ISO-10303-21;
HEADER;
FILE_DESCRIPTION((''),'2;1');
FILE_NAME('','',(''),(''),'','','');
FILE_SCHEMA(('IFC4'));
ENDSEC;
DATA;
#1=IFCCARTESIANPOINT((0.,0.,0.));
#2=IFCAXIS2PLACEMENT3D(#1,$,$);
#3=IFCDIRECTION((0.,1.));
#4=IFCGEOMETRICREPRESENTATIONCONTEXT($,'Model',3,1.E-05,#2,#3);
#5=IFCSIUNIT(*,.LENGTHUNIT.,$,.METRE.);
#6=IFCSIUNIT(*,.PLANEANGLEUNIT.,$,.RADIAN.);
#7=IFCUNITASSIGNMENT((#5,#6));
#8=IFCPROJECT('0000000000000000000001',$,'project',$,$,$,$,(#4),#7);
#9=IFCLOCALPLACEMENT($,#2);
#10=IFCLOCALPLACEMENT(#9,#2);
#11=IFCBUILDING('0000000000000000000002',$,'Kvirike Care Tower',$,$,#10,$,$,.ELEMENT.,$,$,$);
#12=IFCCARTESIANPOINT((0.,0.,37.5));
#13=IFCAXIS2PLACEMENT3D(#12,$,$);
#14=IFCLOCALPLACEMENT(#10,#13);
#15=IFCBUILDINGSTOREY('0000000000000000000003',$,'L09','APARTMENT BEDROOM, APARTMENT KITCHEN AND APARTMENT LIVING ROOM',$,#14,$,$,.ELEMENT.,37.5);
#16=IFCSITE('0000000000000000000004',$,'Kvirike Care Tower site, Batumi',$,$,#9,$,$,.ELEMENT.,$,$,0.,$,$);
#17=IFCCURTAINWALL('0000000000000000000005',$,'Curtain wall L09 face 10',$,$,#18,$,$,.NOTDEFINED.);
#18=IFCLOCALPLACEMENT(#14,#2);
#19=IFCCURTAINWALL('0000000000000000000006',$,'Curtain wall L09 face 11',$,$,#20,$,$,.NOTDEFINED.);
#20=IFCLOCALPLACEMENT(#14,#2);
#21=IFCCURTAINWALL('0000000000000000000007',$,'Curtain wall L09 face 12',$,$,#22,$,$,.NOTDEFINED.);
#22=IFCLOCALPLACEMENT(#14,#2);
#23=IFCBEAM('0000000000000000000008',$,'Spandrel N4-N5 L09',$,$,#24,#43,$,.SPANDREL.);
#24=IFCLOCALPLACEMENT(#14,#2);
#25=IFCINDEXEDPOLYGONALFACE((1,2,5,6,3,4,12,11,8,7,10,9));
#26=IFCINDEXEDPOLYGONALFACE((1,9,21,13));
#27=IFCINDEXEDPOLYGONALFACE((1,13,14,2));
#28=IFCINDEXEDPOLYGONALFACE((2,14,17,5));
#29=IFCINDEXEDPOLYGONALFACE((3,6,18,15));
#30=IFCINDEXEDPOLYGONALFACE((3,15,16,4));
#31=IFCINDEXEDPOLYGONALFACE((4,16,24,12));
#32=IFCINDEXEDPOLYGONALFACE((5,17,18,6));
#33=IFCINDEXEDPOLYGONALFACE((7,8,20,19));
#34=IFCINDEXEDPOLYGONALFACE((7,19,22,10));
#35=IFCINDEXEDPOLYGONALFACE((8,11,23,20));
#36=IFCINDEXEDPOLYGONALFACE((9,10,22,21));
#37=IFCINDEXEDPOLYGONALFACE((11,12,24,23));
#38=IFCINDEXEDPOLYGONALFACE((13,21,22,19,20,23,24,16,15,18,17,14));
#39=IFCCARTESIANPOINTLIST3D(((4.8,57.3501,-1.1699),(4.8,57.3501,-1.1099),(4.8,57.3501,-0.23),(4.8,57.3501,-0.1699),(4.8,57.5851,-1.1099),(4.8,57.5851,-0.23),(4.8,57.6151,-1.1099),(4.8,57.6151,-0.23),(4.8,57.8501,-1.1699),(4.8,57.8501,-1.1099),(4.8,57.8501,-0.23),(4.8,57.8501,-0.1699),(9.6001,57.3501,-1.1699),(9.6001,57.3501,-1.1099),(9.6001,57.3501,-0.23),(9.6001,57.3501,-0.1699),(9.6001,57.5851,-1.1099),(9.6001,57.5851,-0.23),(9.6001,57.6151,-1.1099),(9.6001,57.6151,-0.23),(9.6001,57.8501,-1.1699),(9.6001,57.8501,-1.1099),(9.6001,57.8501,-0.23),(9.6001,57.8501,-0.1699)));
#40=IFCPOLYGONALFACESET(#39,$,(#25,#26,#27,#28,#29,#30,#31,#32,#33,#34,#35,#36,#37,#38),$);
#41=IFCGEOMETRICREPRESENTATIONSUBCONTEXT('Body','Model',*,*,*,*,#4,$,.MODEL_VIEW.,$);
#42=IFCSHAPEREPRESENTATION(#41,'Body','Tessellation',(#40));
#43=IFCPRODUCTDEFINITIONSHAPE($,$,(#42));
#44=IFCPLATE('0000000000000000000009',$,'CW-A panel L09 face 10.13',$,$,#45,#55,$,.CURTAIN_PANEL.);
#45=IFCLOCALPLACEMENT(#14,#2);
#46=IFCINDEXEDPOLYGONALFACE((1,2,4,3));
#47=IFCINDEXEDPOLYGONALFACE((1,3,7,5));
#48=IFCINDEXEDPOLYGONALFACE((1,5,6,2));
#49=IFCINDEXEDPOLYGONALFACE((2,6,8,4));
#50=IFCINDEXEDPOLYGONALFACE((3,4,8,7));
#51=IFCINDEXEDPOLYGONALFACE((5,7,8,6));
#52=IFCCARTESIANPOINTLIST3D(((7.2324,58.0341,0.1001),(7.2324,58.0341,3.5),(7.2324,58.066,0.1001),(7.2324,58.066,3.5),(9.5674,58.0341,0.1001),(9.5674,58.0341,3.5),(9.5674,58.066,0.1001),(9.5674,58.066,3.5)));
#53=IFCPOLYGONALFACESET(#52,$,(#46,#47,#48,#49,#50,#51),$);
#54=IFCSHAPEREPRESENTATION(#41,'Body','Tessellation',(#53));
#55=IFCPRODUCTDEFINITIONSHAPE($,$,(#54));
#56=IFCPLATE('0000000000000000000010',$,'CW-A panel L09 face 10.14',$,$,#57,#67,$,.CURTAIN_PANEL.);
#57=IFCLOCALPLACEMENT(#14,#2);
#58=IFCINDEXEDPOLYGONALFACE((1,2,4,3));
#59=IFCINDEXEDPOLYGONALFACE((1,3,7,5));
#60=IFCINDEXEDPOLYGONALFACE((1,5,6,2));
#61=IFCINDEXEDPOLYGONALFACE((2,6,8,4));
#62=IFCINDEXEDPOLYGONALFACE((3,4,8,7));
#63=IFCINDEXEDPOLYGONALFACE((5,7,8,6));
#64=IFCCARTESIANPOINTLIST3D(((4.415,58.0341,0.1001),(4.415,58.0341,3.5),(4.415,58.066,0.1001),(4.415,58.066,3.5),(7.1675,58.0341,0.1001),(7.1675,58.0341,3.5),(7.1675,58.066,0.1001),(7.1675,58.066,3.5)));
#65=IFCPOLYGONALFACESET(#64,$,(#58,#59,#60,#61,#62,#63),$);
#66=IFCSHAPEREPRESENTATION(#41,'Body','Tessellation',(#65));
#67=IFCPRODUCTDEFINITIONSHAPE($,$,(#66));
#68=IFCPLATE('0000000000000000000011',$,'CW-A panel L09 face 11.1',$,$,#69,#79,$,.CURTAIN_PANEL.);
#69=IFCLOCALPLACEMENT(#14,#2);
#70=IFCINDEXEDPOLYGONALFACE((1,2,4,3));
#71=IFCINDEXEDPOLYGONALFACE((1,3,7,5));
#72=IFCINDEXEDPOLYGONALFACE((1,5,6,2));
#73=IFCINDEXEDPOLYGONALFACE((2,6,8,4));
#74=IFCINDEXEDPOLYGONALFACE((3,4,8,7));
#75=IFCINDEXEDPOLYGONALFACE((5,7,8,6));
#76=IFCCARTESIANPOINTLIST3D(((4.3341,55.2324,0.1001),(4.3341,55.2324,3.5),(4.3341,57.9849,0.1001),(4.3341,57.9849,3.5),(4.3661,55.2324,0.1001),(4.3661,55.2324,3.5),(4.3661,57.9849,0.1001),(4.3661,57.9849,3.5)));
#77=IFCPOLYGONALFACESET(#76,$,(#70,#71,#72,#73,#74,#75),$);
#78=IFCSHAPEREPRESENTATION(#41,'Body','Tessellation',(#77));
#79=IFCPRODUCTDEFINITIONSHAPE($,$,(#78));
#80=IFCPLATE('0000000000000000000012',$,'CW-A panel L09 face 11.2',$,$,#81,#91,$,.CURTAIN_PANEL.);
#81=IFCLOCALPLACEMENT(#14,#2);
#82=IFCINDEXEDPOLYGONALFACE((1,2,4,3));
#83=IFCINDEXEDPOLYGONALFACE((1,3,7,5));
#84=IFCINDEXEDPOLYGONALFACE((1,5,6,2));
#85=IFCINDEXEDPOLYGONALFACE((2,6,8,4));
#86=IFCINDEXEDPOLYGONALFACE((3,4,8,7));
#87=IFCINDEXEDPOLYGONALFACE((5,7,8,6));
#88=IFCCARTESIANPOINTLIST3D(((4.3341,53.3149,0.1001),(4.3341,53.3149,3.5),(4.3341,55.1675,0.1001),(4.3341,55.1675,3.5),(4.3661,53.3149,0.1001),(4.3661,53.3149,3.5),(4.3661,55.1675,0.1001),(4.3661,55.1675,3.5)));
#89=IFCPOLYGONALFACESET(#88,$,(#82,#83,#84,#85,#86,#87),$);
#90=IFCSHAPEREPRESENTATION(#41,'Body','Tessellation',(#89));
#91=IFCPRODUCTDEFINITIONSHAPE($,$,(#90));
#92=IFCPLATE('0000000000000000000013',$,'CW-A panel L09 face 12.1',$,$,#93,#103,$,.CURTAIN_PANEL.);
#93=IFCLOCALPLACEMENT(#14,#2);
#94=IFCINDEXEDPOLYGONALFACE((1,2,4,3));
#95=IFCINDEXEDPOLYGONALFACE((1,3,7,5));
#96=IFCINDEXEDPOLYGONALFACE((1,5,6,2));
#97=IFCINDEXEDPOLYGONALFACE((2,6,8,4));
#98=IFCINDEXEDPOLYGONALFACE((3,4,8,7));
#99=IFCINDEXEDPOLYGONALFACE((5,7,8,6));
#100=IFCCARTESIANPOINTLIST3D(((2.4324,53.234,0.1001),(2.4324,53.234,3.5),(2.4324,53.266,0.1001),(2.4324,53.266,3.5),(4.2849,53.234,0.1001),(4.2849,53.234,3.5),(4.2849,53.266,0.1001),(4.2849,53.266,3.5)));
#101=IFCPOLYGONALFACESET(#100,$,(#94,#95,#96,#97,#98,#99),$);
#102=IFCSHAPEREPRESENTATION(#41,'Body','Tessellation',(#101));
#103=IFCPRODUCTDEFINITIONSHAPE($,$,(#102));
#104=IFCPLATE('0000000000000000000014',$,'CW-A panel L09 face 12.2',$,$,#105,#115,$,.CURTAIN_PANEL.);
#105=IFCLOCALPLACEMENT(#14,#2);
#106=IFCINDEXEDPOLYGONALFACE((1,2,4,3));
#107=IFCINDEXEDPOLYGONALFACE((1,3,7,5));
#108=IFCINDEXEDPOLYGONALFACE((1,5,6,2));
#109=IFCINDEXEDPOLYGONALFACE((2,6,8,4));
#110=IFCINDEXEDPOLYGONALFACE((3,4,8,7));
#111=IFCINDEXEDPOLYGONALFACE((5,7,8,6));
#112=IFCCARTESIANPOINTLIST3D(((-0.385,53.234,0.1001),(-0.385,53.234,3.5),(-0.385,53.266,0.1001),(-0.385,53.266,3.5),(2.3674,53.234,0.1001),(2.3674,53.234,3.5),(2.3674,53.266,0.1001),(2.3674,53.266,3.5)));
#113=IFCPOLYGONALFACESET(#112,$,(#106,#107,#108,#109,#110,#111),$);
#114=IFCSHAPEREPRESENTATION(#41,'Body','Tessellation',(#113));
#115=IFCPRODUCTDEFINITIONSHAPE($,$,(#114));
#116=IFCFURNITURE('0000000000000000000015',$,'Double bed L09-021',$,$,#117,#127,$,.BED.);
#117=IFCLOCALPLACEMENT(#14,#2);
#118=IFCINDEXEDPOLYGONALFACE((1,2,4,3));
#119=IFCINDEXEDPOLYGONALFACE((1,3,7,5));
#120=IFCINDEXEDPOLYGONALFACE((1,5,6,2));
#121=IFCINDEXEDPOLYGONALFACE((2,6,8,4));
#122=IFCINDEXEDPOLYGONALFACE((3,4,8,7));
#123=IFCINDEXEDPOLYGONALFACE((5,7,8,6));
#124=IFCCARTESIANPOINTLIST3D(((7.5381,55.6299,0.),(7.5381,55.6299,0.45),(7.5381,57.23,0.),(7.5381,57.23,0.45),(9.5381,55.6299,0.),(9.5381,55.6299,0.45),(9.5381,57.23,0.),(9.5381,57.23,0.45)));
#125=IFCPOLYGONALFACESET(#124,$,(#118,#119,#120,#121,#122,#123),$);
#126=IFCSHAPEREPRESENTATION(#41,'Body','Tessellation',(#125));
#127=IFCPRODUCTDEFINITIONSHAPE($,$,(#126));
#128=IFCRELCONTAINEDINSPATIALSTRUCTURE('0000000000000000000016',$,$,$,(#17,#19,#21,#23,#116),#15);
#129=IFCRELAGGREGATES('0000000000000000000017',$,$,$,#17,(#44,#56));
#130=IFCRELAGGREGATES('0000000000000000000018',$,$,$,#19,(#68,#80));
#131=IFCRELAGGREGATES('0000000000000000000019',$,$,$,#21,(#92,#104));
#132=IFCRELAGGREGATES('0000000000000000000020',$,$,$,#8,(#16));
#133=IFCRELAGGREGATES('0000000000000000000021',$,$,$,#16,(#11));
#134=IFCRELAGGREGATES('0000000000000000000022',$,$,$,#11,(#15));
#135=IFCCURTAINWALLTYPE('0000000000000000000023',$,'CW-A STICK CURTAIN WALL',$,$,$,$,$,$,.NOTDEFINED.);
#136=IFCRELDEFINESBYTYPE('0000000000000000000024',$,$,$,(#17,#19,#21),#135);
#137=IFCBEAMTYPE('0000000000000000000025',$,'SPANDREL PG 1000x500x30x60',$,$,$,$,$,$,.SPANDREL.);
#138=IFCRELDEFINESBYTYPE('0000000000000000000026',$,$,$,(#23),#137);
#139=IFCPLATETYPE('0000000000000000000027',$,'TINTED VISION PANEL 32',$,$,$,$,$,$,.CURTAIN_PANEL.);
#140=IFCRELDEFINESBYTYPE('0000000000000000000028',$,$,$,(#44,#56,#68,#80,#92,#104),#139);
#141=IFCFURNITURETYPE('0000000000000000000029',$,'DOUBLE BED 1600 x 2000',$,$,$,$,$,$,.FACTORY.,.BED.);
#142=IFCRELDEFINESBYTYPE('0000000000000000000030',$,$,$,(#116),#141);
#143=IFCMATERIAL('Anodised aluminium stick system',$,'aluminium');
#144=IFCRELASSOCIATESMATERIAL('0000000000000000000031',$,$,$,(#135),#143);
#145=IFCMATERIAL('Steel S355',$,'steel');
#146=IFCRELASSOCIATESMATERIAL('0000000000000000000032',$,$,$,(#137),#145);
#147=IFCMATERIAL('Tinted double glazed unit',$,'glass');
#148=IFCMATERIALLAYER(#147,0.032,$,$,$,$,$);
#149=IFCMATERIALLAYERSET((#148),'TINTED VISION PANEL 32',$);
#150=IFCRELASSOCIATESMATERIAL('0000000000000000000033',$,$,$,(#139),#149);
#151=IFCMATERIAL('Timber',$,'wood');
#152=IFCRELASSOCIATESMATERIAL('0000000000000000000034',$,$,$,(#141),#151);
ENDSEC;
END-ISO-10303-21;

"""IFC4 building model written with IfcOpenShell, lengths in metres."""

from ifc_helpers import new_model, si_unit, direction, frame, origin, origin_2d, place, context, subcontext, project, spatial, rectangle, i_section, extrude, material, layer, layer_set, material_profile, profile_set, type_object, element, aggregate, save


model = new_model("IFC4")

# Units and contexts
model_context = context("Model", 3, precision=1e-05, world=origin(), true_north=direction((0.0, 1.0)))
body_context = subcontext(model_context, "Body", "Model", "MODEL_VIEW")
ifc_project = project(units=[si_unit("LENGTHUNIT", "METRE"), si_unit("PLANEANGLEUNIT", "RADIAN")], contexts=[model_context])

# Site, building, storey
site_placement = place(None, origin())
site = spatial("IfcSite", under=ifc_project, at=site_placement, Name="Kvirike Care Tower site, Batumi", CompositionType="ELEMENT", RefElevation=0.0)
building_placement = place(site_placement, origin())
building = spatial("IfcBuilding", under=site, at=building_placement, Name="Kvirike Care Tower", CompositionType="ELEMENT")
storey_placement = place(building_placement, frame((0.0, 0.0, 37.5)))
storey = spatial("IfcBuildingStorey", under=building, at=storey_placement, Name="L09", Description="APARTMENT BEDROOM, APARTMENT KITCHEN AND APARTMENT LIVING ROOM", CompositionType="ELEMENT", Elevation=37.5)

# Curtain walls
ifc_material_1 = material(Name="Anodised aluminium stick system", Category="aluminium")
curtain_wall_type = type_object("IfcCurtainWallType", Name="CW-A STICK CURTAIN WALL", PredefinedType="NOTDEFINED", material=ifc_material_1)
curtain_wall_1_placement = place(storey_placement, origin())
curtain_wall_1 = element("IfcCurtainWall", 1, at=curtain_wall_1_placement, inside=storey, type_object=curtain_wall_type, Name="Curtain wall L09 face 10", PredefinedType="NOTDEFINED")
curtain_wall_2_placement = place(storey_placement, origin())
curtain_wall_2 = element("IfcCurtainWall", 2, at=curtain_wall_2_placement, inside=storey, type_object=curtain_wall_type, Name="Curtain wall L09 face 11", PredefinedType="NOTDEFINED")
curtain_wall_3_placement = place(storey_placement, origin())
curtain_wall_3 = element("IfcCurtainWall", 3, at=curtain_wall_3_placement, inside=storey, type_object=curtain_wall_type, Name="Curtain wall L09 face 12", PredefinedType="NOTDEFINED")

# Beam
ifc_material_2 = material(Name="Steel S355", Category="steel")
ifc_material_profile_1 = material_profile(ifc_material_2, i_section(OverallWidth=0.5, OverallDepth=1.0, WebThickness=0.03, FlangeThickness=0.0601, at=origin_2d()), Name="PG 1000x500x30x60")
ifc_profile_set_1 = profile_set([ifc_material_profile_1], Name="Steel S355")
beam_type = type_object("IfcBeamType", Name="SPANDREL PG 1000x500x30x60", PredefinedType="SPANDREL", material=ifc_profile_set_1)
beam_placement = place(storey_placement, frame((4.8, 57.6001, -0.6699), z_axis=(1.0, 0.0, 0.0), x_axis=(0.0, 1.0, 0.0)))
element("IfcBeam", 4, at=beam_placement, inside=storey, type_object=beam_type, Name="Spandrel N4-N5 L09", PredefinedType="SPANDREL", context=body_context, shape_type="SweptSolid", body=[
    extrude(i_section(OverallWidth=0.5, OverallDepth=1.0, WebThickness=0.03, FlangeThickness=0.0601, at=origin_2d()), origin(), (0.0, 0.0, 1.0), 4.8),
])

# Plates
ifc_material_3 = material(Name="Tinted double glazed unit", Category="glass")
ifc_layer = layer(ifc_material_3, 0.032)
ifc_layer_set = layer_set([ifc_layer], Name="TINTED VISION PANEL 32")
plate_type = type_object("IfcPlateType", Name="TINTED VISION PANEL 32", PredefinedType="CURTAIN_PANEL", material=ifc_layer_set)
plate_1_placement = place(storey_placement, frame((8.3999, 58.05, 0.1001), z_axis=(0.0, 0.0, 1.0), x_axis=(-1.0, 0.0, 0.0)))
plate_1 = element("IfcPlate", 5, at=plate_1_placement, type_object=plate_type, Name="CW-A panel L09 face 10.13", PredefinedType="CURTAIN_PANEL", context=body_context, shape_type="SweptSolid", body=[
    extrude(rectangle(XDim=2.335, YDim=0.032, at=origin_2d()), origin(), (0.0, 0.0, 1.0), 3.3999),
])
plate_2_placement = place(storey_placement, frame((5.7913, 58.05, 0.1001), z_axis=(0.0, 0.0, 1.0), x_axis=(-1.0, 0.0, 0.0)))
plate_2 = element("IfcPlate", 6, at=plate_2_placement, type_object=plate_type, Name="CW-A panel L09 face 10.14", PredefinedType="CURTAIN_PANEL", context=body_context, shape_type="SweptSolid", body=[
    extrude(rectangle(XDim=2.7524, YDim=0.032, at=origin_2d()), origin(), (0.0, 0.0, 1.0), 3.3999),
])
aggregate(curtain_wall_1, [plate_1, plate_2])
plate_3_placement = place(storey_placement, frame((4.3501, 56.6086, 0.1001), z_axis=(0.0, 0.0, 1.0), x_axis=(0.0, -1.0, 0.0)))
plate_3 = element("IfcPlate", 7, at=plate_3_placement, type_object=plate_type, Name="CW-A panel L09 face 11.1", PredefinedType="CURTAIN_PANEL", context=body_context, shape_type="SweptSolid", body=[
    extrude(rectangle(XDim=2.7524, YDim=0.032, at=origin_2d()), origin(), (0.0, 0.0, 1.0), 3.3999),
])
plate_4_placement = place(storey_placement, frame((4.3501, 54.2412, 0.1001), z_axis=(0.0, 0.0, 1.0), x_axis=(0.0, -1.0, 0.0)))
plate_4 = element("IfcPlate", 8, at=plate_4_placement, type_object=plate_type, Name="CW-A panel L09 face 11.2", PredefinedType="CURTAIN_PANEL", context=body_context, shape_type="SweptSolid", body=[
    extrude(rectangle(XDim=1.8525, YDim=0.032, at=origin_2d()), origin(), (0.0, 0.0, 1.0), 3.3999),
])
aggregate(curtain_wall_2, [plate_3, plate_4])
plate_5_placement = place(storey_placement, frame((3.3586, 53.25, 0.1001), z_axis=(0.0, 0.0, 1.0), x_axis=(-1.0, 0.0, 0.0)))
plate_5 = element("IfcPlate", 9, at=plate_5_placement, type_object=plate_type, Name="CW-A panel L09 face 12.1", PredefinedType="CURTAIN_PANEL", context=body_context, shape_type="SweptSolid", body=[
    extrude(rectangle(XDim=1.8525, YDim=0.032, at=origin_2d()), origin(), (0.0, 0.0, 1.0), 3.3999),
])
plate_6_placement = place(storey_placement, frame((0.9912, 53.25, 0.1001), z_axis=(0.0, 0.0, 1.0), x_axis=(-1.0, 0.0, 0.0)))
plate_6 = element("IfcPlate", 10, at=plate_6_placement, type_object=plate_type, Name="CW-A panel L09 face 12.2", PredefinedType="CURTAIN_PANEL", context=body_context, shape_type="SweptSolid", body=[
    extrude(rectangle(XDim=2.7524, YDim=0.032, at=origin_2d()), origin(), (0.0, 0.0, 1.0), 3.3999),
])
aggregate(curtain_wall_3, [plate_5, plate_6])

# Furniture
ifc_material_4 = material(Name="Timber", Category="wood")
furniture_type = type_object("IfcFurnitureType", Name="DOUBLE BED 1600 x 2000", AssemblyPlace="FACTORY", PredefinedType="BED", material=ifc_material_4)
furniture_placement = place(storey_placement, frame((8.5381, 56.4299, 0.0), z_axis=(0.0, 0.0, 1.0), x_axis=(0.0, -1.0, 0.0)))
element("IfcFurniture", 11, at=furniture_placement, inside=storey, type_object=furniture_type, Name="Double bed L09-021", PredefinedType="BED", context=body_context, shape_type="SweptSolid", body=[
    extrude(rectangle(XDim=1.6001, YDim=2.0, at=origin_2d()), origin(), (0.0, 0.0, 1.0), 0.45),
])

save(model, "model.ifc")
